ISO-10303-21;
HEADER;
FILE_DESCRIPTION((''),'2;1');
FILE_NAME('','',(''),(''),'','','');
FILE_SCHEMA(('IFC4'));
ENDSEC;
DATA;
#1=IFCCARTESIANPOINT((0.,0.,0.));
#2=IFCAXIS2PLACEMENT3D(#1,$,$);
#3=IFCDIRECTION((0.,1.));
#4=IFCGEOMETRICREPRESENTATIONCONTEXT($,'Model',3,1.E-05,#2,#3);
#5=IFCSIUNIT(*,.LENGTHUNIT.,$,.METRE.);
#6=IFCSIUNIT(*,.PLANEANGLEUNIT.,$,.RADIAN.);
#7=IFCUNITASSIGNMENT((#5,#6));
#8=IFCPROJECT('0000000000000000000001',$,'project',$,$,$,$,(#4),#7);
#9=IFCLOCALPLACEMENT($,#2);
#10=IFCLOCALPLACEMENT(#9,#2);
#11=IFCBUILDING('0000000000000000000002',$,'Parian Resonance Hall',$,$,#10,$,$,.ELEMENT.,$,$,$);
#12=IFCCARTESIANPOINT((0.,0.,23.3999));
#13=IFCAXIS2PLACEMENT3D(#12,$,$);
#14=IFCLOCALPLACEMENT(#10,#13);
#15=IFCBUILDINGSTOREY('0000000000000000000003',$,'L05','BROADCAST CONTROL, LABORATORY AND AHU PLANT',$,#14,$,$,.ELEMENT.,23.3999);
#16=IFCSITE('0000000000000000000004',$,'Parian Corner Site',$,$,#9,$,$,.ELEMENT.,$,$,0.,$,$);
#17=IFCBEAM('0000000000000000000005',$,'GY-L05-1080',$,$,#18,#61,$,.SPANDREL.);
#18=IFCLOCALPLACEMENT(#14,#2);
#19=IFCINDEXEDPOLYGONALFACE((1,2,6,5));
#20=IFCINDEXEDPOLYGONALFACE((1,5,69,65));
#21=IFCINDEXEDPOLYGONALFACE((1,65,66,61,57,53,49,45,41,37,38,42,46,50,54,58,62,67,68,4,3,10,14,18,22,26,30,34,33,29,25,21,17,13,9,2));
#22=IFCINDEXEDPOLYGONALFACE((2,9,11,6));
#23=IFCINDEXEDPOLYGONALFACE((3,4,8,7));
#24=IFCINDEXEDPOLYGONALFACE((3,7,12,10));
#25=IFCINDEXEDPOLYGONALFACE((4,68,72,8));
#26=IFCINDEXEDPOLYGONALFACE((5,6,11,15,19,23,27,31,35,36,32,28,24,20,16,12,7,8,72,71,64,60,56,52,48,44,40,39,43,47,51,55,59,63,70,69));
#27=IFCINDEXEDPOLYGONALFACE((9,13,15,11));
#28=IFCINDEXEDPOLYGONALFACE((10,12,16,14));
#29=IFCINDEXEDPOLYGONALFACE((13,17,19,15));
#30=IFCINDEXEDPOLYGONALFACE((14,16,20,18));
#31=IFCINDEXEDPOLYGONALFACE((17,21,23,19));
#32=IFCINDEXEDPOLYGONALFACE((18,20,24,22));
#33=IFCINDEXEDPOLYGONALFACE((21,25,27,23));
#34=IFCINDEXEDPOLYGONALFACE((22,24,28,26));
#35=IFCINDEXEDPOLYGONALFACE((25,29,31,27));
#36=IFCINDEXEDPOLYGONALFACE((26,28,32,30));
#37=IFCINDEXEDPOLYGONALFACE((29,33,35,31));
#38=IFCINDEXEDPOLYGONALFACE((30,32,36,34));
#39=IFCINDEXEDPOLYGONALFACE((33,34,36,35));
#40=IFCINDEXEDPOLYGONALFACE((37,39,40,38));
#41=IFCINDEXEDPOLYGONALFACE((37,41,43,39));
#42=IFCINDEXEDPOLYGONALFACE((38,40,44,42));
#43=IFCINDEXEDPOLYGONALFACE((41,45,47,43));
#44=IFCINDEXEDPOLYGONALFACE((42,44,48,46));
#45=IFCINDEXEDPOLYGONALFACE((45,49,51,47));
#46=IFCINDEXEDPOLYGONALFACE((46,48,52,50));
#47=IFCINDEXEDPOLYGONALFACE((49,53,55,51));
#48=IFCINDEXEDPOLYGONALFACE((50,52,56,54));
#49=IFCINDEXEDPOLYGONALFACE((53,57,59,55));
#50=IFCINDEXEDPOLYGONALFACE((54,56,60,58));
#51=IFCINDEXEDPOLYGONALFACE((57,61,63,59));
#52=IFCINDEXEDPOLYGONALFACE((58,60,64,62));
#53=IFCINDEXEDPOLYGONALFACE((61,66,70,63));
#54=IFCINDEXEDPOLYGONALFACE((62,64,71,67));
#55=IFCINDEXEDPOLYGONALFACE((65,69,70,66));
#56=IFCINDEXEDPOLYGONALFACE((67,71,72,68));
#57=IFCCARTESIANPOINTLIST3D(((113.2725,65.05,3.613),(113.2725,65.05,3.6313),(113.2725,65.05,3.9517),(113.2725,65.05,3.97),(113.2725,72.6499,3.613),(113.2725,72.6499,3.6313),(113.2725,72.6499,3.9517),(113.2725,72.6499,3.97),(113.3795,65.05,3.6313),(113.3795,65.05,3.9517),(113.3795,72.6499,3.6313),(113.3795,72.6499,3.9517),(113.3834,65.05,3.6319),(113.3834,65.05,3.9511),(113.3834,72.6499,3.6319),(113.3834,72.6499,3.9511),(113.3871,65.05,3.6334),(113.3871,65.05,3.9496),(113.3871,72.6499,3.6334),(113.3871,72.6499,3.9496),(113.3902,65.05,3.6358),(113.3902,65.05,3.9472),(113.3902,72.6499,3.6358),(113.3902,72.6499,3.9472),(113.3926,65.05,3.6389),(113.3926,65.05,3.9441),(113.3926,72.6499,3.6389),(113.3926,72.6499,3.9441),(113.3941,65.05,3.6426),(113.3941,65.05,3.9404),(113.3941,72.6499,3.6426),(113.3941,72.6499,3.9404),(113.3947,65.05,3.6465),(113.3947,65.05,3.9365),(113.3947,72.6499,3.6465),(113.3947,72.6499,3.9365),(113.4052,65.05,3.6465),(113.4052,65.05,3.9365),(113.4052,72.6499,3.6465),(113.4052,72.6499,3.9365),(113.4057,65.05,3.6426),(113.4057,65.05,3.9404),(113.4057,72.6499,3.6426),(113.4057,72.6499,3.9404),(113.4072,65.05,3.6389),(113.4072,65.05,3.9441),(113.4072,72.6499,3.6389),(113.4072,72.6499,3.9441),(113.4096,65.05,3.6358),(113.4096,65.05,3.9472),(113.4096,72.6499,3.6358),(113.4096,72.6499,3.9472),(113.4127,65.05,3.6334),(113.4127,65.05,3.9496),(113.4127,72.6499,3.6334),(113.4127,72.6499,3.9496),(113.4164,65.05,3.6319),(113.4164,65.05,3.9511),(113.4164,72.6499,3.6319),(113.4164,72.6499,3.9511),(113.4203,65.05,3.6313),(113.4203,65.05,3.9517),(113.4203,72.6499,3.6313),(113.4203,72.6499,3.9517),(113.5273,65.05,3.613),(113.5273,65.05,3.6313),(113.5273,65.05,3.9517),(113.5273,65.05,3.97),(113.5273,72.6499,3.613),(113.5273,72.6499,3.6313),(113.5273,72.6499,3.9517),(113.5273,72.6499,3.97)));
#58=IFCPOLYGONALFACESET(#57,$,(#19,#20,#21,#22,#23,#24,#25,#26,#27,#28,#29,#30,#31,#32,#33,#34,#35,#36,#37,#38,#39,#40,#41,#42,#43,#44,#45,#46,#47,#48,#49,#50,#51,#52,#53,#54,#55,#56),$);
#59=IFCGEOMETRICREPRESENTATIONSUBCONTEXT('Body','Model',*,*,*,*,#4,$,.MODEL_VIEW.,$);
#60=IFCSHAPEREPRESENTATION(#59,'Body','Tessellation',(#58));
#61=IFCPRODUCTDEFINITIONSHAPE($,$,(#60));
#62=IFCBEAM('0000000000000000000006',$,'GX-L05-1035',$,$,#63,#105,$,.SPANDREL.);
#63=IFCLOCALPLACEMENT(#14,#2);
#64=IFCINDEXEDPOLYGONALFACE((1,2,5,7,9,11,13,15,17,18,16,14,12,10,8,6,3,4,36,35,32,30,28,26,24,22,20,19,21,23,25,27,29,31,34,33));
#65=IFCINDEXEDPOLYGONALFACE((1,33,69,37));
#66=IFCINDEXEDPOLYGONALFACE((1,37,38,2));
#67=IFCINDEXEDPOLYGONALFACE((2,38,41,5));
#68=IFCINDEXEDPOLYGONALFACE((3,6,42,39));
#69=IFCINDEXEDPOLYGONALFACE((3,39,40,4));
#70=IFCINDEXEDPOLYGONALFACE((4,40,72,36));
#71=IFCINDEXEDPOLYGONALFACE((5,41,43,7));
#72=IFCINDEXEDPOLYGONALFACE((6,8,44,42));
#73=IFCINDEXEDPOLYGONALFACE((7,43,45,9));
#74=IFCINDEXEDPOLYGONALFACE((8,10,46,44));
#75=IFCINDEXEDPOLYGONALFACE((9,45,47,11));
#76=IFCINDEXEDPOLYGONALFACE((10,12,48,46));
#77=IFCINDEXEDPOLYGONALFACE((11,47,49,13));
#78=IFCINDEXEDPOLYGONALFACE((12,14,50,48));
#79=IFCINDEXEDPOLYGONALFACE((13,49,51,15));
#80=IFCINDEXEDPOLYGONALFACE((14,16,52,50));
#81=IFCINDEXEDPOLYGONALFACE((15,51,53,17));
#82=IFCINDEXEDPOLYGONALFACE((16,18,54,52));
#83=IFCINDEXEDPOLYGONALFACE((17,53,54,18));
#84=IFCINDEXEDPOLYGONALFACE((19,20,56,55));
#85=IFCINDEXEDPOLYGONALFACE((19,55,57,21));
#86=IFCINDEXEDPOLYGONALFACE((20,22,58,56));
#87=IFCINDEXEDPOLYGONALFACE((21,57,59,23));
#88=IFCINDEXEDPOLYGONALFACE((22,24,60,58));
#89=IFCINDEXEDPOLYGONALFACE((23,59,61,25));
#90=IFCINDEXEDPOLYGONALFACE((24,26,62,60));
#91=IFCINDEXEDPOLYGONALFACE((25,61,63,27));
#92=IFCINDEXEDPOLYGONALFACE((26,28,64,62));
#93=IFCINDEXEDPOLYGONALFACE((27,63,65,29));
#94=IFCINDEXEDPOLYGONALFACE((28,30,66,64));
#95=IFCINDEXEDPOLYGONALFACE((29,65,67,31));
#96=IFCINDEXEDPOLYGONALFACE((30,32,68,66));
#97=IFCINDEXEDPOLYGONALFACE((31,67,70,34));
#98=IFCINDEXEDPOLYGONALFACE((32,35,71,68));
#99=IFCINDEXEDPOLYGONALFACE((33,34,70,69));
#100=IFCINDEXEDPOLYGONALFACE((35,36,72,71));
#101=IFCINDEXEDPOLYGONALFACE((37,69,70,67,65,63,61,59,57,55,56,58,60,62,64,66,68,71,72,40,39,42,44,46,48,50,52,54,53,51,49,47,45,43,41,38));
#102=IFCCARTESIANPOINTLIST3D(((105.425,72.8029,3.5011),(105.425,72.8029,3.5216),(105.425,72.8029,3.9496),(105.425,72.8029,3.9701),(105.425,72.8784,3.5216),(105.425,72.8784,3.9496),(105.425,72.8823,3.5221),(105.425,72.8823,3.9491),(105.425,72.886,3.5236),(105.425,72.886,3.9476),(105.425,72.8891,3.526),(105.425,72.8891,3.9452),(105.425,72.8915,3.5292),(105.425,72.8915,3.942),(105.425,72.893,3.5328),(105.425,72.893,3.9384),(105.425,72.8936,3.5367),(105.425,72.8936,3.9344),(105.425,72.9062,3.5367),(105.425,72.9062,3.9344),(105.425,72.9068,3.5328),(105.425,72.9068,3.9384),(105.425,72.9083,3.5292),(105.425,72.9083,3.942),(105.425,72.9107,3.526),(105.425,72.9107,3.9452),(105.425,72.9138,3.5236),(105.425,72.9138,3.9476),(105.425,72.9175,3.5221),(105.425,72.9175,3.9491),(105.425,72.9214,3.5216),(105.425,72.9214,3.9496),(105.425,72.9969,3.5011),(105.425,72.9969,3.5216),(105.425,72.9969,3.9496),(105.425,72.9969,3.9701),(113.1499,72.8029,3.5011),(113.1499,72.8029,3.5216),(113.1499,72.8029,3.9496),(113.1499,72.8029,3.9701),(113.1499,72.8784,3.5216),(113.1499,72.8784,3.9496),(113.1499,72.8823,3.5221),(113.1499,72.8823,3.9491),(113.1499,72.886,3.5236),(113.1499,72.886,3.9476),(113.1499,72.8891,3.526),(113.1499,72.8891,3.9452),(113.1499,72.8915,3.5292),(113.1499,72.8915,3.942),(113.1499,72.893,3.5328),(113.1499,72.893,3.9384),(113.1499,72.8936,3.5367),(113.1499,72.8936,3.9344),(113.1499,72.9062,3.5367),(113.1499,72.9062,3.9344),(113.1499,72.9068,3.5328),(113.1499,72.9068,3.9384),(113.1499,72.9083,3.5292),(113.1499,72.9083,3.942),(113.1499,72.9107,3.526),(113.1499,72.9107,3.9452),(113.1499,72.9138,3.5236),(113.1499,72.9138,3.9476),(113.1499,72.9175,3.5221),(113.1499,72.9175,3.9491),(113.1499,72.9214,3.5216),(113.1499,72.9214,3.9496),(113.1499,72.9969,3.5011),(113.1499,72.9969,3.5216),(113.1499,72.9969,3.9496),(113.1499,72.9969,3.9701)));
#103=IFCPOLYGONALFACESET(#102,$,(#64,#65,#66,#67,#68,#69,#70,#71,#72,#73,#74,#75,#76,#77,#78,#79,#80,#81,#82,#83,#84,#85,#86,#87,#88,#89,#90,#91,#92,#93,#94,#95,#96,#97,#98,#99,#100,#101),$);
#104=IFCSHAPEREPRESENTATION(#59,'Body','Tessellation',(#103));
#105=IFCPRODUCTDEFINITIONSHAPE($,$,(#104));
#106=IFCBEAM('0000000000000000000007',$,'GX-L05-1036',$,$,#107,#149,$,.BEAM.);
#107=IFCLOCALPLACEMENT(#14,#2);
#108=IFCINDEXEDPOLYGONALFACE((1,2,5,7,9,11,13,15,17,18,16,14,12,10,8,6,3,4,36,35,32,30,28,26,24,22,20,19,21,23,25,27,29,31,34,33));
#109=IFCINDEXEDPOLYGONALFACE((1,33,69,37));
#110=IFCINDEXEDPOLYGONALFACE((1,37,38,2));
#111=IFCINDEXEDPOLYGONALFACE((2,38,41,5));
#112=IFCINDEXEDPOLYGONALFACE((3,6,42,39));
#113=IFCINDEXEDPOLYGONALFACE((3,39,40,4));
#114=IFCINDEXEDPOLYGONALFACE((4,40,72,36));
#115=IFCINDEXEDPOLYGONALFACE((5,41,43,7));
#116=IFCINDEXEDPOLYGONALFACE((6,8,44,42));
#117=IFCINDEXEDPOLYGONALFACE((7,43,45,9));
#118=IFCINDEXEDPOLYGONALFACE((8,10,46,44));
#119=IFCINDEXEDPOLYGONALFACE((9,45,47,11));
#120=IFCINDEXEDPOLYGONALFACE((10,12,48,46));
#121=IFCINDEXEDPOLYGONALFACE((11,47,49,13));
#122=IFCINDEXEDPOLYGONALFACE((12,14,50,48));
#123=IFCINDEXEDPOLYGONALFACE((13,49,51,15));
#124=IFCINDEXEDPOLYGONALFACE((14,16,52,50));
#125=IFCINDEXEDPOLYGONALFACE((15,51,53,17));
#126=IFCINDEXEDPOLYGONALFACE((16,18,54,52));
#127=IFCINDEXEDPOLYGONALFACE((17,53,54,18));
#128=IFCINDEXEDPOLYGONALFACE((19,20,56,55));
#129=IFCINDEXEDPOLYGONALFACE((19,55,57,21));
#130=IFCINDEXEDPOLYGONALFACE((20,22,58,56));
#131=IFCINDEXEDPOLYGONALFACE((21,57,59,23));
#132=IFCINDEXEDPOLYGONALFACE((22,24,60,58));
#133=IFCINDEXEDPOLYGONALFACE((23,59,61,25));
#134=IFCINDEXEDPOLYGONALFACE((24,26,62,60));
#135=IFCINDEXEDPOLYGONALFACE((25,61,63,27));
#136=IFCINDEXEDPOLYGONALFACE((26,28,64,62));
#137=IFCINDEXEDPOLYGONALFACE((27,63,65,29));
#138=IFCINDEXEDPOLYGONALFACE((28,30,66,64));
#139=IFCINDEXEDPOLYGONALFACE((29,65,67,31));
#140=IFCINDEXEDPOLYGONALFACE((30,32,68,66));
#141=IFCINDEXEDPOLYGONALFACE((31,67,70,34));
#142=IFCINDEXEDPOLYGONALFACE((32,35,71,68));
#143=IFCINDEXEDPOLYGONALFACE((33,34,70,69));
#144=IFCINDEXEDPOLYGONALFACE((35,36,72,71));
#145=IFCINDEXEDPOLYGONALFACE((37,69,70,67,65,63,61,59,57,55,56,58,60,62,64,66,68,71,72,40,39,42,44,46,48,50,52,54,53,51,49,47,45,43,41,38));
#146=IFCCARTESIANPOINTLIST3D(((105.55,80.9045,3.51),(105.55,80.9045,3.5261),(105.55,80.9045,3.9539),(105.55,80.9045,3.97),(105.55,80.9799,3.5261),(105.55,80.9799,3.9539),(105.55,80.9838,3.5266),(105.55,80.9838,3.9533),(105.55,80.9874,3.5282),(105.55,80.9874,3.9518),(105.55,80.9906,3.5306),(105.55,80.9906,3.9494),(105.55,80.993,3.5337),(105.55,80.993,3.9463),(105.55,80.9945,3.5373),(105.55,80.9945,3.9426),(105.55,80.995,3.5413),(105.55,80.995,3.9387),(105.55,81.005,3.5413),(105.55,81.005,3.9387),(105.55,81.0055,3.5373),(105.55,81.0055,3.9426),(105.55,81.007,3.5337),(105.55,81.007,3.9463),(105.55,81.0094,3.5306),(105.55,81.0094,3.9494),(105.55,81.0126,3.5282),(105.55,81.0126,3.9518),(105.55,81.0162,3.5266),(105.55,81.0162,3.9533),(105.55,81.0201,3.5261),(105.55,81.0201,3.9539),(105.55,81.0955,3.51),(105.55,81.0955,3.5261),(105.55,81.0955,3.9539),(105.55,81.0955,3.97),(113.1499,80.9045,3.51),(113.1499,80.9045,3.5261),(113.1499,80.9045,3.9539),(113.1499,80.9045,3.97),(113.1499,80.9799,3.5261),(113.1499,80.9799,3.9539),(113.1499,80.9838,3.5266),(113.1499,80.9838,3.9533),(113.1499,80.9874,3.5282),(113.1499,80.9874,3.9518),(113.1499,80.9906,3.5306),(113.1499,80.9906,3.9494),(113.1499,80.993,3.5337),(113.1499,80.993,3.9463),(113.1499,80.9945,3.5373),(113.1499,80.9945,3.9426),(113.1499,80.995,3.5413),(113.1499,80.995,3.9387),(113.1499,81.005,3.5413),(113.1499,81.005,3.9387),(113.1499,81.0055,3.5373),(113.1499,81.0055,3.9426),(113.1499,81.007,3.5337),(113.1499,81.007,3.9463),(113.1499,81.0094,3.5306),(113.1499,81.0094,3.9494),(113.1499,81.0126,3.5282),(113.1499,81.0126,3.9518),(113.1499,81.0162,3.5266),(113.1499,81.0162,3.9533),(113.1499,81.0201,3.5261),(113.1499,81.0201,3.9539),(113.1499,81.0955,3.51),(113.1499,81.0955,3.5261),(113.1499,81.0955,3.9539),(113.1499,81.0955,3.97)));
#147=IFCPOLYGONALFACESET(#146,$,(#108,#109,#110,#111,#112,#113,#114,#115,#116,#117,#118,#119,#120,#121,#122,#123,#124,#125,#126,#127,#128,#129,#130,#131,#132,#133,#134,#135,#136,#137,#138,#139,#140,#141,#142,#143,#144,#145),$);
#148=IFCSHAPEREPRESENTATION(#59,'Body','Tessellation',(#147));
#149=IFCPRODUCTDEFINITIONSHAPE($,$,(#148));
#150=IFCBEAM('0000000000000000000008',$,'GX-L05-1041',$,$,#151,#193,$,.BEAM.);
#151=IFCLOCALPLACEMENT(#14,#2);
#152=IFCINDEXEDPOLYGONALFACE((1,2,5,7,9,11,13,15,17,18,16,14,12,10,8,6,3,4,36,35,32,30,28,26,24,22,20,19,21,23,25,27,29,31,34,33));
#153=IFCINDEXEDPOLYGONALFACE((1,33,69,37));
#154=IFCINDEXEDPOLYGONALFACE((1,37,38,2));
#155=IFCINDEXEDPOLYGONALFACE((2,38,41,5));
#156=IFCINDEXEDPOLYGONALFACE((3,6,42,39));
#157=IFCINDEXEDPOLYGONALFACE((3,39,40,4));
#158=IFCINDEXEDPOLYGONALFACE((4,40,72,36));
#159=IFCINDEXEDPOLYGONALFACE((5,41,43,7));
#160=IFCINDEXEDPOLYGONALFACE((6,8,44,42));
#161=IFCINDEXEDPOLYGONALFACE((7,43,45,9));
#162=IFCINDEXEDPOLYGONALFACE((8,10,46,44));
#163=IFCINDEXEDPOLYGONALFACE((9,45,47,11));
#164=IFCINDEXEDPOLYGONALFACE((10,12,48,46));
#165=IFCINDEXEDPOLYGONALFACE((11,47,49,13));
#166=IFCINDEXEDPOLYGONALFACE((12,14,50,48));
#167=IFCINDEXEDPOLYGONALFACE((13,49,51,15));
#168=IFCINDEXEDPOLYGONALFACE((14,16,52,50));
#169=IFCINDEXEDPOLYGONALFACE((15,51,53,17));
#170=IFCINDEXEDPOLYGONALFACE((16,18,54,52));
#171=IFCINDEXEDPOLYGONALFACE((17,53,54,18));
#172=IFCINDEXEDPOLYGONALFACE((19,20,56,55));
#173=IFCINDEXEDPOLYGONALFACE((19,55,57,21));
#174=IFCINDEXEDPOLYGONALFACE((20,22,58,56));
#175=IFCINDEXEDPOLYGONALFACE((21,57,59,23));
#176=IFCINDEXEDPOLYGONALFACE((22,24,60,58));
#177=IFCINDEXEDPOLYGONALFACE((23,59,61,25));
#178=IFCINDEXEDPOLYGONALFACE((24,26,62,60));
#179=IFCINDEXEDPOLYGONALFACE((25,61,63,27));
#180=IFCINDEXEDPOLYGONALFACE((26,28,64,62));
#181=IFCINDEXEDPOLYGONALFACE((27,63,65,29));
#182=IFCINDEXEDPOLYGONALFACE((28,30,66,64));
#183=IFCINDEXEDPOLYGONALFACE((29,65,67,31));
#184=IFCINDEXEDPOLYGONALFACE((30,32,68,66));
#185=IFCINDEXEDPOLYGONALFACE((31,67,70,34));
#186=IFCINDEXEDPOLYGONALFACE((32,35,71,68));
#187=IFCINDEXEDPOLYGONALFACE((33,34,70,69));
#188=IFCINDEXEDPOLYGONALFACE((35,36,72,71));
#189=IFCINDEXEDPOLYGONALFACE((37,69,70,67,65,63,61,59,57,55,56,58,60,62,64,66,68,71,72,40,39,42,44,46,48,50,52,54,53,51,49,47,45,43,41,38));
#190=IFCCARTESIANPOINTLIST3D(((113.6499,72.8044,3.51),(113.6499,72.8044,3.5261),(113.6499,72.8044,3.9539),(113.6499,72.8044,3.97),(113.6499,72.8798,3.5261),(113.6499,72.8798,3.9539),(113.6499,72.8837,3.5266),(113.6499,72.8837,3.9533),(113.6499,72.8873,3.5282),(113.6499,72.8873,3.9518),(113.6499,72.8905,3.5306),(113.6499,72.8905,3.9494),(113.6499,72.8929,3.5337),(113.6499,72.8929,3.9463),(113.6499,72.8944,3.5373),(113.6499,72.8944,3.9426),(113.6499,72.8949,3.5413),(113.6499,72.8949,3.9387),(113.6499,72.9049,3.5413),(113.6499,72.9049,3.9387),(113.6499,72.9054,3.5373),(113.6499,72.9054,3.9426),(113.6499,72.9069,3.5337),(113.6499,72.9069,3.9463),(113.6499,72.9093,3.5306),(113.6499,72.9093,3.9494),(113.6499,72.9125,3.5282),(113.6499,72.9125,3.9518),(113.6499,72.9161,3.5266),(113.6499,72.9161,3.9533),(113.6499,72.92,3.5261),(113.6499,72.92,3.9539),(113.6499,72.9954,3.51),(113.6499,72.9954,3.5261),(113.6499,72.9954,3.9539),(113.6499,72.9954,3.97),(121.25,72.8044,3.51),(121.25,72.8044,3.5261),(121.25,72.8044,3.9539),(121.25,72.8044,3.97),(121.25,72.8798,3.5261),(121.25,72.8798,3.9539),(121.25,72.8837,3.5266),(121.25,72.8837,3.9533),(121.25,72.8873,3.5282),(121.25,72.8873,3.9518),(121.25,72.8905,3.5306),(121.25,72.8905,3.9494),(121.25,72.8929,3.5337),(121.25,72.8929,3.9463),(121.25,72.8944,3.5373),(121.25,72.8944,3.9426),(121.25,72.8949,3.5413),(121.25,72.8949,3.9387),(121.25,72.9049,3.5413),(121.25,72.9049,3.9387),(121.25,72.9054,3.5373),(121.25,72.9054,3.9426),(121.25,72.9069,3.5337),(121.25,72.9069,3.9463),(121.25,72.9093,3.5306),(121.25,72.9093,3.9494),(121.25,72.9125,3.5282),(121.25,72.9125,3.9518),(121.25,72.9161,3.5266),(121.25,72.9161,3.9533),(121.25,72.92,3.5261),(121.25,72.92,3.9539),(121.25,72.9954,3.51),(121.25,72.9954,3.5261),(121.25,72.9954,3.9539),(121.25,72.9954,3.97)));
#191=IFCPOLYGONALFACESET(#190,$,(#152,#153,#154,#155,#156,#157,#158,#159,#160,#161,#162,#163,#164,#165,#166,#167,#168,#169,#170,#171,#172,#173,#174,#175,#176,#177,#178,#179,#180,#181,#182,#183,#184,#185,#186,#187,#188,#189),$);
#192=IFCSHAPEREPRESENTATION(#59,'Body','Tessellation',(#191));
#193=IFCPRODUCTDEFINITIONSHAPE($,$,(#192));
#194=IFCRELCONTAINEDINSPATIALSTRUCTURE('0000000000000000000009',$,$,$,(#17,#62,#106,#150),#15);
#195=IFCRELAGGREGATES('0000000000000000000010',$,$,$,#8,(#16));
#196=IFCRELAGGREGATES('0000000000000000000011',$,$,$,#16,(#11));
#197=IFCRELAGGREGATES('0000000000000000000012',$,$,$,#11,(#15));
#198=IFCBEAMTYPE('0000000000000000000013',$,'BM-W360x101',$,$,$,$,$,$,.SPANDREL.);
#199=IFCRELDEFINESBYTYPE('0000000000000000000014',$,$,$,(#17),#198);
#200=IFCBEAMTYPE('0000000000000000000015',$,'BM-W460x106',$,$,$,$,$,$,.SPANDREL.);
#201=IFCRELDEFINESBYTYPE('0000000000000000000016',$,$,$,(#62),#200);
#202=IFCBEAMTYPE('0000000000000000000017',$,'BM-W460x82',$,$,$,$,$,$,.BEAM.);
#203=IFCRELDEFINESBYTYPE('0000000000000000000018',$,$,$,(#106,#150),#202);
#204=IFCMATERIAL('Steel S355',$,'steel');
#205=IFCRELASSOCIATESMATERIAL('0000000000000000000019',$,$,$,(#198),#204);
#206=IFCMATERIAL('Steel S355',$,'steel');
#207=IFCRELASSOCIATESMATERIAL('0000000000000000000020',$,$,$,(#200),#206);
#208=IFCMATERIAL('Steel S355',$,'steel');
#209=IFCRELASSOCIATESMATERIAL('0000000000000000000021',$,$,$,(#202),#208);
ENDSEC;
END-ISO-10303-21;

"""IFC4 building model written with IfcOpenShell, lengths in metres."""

from ifc_helpers import new_model, si_unit, direction, frame, origin, origin_2d, place, context, subcontext, project, spatial, i_section, extrude, material, material_profile, profile_set, type_object, element, save


model = new_model("IFC4")

# Units and contexts
model_context = context("Model", 3, precision=1e-05, world=origin(), true_north=direction((0.0, 1.0)))
body_context = subcontext(model_context, "Body", "Model", "MODEL_VIEW")
ifc_project = project(units=[si_unit("LENGTHUNIT", "METRE"), si_unit("PLANEANGLEUNIT", "RADIAN")], contexts=[model_context])

# Site, building, storey
site_placement = place(None, origin())
site = spatial("IfcSite", under=ifc_project, at=site_placement, Name="Parian Corner Site", CompositionType="ELEMENT", RefElevation=0.0)
building_placement = place(site_placement, origin())
building = spatial("IfcBuilding", under=site, at=building_placement, Name="Parian Resonance Hall", CompositionType="ELEMENT")
storey_placement = place(building_placement, frame((0.0, 0.0, 23.3999)))
storey = spatial("IfcBuildingStorey", under=building, at=storey_placement, Name="L05", Description="BROADCAST CONTROL, LABORATORY AND AHU PLANT", CompositionType="ELEMENT", Elevation=23.3999)

# Beams
ifc_material_1 = material(Name="Steel S355", Category="steel")
ifc_material_profile_1 = material_profile(ifc_material_1, i_section(OverallWidth=0.2549, OverallDepth=0.3569, WebThickness=0.0105, FlangeThickness=0.0183, FilletRadius=0.0151, at=origin_2d()), Name="W360x101")
ifc_profile_set_1 = profile_set([ifc_material_profile_1], Name="Steel S355")
beam_type_1 = type_object("IfcBeamType", Name="BM-W360x101", PredefinedType="SPANDREL", material=ifc_profile_set_1)
beam_1_placement = place(storey_placement, frame((113.3999, 65.05, 3.7915), z_axis=(0.0, 1.0, 0.0), x_axis=(-1.0, 0.0, 0.0)))
element("IfcBeam", 1, at=beam_1_placement, inside=storey, type_object=beam_type_1, Name="GY-L05-1080", PredefinedType="SPANDREL", context=body_context, shape_type="SweptSolid", body=[
    extrude(i_section(OverallWidth=0.2549, OverallDepth=0.3569, WebThickness=0.0105, FlangeThickness=0.0183, FilletRadius=0.0151, at=origin_2d()), origin(), (0.0, 0.0, 1.0), 7.5999),
])
ifc_material_2 = material(Name="Steel S355", Category="steel")
ifc_material_profile_2 = material_profile(ifc_material_2, i_section(OverallWidth=0.1941, OverallDepth=0.469, WebThickness=0.0127, FlangeThickness=0.0205, FilletRadius=0.0151, at=origin_2d()), Name="W460x106")
ifc_profile_set_2 = profile_set([ifc_material_profile_2], Name="Steel S355")
beam_type_2 = type_object("IfcBeamType", Name="BM-W460x106", PredefinedType="SPANDREL", material=ifc_profile_set_2)
beam_2_placement = place(storey_placement, frame((105.425, 72.8999, 3.7356), z_axis=(1.0, 0.0, 0.0), x_axis=(0.0, 1.0, 0.0)))
element("IfcBeam", 2, at=beam_2_placement, inside=storey, type_object=beam_type_2, Name="GX-L05-1035", PredefinedType="SPANDREL", context=body_context, shape_type="SweptSolid", body=[
    extrude(i_section(OverallWidth=0.1941, OverallDepth=0.469, WebThickness=0.0127, FlangeThickness=0.0205, FilletRadius=0.0151, at=origin_2d()), origin(), (0.0, 0.0, 1.0), 7.7249),
])
ifc_material_3 = material(Name="Steel S355", Category="steel")
ifc_material_profile_3 = material_profile(ifc_material_3, i_section(OverallWidth=0.1909, OverallDepth=0.46, WebThickness=0.01, FlangeThickness=0.0161, FilletRadius=0.0151, at=origin_2d()), Name="W460x82")
ifc_profile_set_3 = profile_set([ifc_material_profile_3], Name="Steel S355")
beam_type_3 = type_object("IfcBeamType", Name="BM-W460x82", PredefinedType="BEAM", material=ifc_profile_set_3)
beam_3_placement = place(storey_placement, frame((105.55, 81.0, 3.74), z_axis=(1.0, 0.0, 0.0), x_axis=(0.0, 1.0, 0.0)))
element("IfcBeam", 3, at=beam_3_placement, inside=storey, type_object=beam_type_3, Name="GX-L05-1036", PredefinedType="BEAM", context=body_context, shape_type="SweptSolid", body=[
    extrude(i_section(OverallWidth=0.1909, OverallDepth=0.46, WebThickness=0.01, FlangeThickness=0.0161, FilletRadius=0.0151, at=origin_2d()), origin(), (0.0, 0.0, 1.0), 7.5999),
])
beam_4_placement = place(storey_placement, frame((113.6499, 72.8999, 3.74), z_axis=(1.0, 0.0, 0.0), x_axis=(0.0, 1.0, 0.0)))
element("IfcBeam", 4, at=beam_4_placement, inside=storey, type_object=beam_type_3, Name="GX-L05-1041", PredefinedType="BEAM", context=body_context, shape_type="SweptSolid", body=[
    extrude(i_section(OverallWidth=0.1909, OverallDepth=0.46, WebThickness=0.01, FlangeThickness=0.0161, FilletRadius=0.0151, at=origin_2d()), origin(), (0.0, 0.0, 1.0), 7.6001),
])

save(model, "model.ifc")
